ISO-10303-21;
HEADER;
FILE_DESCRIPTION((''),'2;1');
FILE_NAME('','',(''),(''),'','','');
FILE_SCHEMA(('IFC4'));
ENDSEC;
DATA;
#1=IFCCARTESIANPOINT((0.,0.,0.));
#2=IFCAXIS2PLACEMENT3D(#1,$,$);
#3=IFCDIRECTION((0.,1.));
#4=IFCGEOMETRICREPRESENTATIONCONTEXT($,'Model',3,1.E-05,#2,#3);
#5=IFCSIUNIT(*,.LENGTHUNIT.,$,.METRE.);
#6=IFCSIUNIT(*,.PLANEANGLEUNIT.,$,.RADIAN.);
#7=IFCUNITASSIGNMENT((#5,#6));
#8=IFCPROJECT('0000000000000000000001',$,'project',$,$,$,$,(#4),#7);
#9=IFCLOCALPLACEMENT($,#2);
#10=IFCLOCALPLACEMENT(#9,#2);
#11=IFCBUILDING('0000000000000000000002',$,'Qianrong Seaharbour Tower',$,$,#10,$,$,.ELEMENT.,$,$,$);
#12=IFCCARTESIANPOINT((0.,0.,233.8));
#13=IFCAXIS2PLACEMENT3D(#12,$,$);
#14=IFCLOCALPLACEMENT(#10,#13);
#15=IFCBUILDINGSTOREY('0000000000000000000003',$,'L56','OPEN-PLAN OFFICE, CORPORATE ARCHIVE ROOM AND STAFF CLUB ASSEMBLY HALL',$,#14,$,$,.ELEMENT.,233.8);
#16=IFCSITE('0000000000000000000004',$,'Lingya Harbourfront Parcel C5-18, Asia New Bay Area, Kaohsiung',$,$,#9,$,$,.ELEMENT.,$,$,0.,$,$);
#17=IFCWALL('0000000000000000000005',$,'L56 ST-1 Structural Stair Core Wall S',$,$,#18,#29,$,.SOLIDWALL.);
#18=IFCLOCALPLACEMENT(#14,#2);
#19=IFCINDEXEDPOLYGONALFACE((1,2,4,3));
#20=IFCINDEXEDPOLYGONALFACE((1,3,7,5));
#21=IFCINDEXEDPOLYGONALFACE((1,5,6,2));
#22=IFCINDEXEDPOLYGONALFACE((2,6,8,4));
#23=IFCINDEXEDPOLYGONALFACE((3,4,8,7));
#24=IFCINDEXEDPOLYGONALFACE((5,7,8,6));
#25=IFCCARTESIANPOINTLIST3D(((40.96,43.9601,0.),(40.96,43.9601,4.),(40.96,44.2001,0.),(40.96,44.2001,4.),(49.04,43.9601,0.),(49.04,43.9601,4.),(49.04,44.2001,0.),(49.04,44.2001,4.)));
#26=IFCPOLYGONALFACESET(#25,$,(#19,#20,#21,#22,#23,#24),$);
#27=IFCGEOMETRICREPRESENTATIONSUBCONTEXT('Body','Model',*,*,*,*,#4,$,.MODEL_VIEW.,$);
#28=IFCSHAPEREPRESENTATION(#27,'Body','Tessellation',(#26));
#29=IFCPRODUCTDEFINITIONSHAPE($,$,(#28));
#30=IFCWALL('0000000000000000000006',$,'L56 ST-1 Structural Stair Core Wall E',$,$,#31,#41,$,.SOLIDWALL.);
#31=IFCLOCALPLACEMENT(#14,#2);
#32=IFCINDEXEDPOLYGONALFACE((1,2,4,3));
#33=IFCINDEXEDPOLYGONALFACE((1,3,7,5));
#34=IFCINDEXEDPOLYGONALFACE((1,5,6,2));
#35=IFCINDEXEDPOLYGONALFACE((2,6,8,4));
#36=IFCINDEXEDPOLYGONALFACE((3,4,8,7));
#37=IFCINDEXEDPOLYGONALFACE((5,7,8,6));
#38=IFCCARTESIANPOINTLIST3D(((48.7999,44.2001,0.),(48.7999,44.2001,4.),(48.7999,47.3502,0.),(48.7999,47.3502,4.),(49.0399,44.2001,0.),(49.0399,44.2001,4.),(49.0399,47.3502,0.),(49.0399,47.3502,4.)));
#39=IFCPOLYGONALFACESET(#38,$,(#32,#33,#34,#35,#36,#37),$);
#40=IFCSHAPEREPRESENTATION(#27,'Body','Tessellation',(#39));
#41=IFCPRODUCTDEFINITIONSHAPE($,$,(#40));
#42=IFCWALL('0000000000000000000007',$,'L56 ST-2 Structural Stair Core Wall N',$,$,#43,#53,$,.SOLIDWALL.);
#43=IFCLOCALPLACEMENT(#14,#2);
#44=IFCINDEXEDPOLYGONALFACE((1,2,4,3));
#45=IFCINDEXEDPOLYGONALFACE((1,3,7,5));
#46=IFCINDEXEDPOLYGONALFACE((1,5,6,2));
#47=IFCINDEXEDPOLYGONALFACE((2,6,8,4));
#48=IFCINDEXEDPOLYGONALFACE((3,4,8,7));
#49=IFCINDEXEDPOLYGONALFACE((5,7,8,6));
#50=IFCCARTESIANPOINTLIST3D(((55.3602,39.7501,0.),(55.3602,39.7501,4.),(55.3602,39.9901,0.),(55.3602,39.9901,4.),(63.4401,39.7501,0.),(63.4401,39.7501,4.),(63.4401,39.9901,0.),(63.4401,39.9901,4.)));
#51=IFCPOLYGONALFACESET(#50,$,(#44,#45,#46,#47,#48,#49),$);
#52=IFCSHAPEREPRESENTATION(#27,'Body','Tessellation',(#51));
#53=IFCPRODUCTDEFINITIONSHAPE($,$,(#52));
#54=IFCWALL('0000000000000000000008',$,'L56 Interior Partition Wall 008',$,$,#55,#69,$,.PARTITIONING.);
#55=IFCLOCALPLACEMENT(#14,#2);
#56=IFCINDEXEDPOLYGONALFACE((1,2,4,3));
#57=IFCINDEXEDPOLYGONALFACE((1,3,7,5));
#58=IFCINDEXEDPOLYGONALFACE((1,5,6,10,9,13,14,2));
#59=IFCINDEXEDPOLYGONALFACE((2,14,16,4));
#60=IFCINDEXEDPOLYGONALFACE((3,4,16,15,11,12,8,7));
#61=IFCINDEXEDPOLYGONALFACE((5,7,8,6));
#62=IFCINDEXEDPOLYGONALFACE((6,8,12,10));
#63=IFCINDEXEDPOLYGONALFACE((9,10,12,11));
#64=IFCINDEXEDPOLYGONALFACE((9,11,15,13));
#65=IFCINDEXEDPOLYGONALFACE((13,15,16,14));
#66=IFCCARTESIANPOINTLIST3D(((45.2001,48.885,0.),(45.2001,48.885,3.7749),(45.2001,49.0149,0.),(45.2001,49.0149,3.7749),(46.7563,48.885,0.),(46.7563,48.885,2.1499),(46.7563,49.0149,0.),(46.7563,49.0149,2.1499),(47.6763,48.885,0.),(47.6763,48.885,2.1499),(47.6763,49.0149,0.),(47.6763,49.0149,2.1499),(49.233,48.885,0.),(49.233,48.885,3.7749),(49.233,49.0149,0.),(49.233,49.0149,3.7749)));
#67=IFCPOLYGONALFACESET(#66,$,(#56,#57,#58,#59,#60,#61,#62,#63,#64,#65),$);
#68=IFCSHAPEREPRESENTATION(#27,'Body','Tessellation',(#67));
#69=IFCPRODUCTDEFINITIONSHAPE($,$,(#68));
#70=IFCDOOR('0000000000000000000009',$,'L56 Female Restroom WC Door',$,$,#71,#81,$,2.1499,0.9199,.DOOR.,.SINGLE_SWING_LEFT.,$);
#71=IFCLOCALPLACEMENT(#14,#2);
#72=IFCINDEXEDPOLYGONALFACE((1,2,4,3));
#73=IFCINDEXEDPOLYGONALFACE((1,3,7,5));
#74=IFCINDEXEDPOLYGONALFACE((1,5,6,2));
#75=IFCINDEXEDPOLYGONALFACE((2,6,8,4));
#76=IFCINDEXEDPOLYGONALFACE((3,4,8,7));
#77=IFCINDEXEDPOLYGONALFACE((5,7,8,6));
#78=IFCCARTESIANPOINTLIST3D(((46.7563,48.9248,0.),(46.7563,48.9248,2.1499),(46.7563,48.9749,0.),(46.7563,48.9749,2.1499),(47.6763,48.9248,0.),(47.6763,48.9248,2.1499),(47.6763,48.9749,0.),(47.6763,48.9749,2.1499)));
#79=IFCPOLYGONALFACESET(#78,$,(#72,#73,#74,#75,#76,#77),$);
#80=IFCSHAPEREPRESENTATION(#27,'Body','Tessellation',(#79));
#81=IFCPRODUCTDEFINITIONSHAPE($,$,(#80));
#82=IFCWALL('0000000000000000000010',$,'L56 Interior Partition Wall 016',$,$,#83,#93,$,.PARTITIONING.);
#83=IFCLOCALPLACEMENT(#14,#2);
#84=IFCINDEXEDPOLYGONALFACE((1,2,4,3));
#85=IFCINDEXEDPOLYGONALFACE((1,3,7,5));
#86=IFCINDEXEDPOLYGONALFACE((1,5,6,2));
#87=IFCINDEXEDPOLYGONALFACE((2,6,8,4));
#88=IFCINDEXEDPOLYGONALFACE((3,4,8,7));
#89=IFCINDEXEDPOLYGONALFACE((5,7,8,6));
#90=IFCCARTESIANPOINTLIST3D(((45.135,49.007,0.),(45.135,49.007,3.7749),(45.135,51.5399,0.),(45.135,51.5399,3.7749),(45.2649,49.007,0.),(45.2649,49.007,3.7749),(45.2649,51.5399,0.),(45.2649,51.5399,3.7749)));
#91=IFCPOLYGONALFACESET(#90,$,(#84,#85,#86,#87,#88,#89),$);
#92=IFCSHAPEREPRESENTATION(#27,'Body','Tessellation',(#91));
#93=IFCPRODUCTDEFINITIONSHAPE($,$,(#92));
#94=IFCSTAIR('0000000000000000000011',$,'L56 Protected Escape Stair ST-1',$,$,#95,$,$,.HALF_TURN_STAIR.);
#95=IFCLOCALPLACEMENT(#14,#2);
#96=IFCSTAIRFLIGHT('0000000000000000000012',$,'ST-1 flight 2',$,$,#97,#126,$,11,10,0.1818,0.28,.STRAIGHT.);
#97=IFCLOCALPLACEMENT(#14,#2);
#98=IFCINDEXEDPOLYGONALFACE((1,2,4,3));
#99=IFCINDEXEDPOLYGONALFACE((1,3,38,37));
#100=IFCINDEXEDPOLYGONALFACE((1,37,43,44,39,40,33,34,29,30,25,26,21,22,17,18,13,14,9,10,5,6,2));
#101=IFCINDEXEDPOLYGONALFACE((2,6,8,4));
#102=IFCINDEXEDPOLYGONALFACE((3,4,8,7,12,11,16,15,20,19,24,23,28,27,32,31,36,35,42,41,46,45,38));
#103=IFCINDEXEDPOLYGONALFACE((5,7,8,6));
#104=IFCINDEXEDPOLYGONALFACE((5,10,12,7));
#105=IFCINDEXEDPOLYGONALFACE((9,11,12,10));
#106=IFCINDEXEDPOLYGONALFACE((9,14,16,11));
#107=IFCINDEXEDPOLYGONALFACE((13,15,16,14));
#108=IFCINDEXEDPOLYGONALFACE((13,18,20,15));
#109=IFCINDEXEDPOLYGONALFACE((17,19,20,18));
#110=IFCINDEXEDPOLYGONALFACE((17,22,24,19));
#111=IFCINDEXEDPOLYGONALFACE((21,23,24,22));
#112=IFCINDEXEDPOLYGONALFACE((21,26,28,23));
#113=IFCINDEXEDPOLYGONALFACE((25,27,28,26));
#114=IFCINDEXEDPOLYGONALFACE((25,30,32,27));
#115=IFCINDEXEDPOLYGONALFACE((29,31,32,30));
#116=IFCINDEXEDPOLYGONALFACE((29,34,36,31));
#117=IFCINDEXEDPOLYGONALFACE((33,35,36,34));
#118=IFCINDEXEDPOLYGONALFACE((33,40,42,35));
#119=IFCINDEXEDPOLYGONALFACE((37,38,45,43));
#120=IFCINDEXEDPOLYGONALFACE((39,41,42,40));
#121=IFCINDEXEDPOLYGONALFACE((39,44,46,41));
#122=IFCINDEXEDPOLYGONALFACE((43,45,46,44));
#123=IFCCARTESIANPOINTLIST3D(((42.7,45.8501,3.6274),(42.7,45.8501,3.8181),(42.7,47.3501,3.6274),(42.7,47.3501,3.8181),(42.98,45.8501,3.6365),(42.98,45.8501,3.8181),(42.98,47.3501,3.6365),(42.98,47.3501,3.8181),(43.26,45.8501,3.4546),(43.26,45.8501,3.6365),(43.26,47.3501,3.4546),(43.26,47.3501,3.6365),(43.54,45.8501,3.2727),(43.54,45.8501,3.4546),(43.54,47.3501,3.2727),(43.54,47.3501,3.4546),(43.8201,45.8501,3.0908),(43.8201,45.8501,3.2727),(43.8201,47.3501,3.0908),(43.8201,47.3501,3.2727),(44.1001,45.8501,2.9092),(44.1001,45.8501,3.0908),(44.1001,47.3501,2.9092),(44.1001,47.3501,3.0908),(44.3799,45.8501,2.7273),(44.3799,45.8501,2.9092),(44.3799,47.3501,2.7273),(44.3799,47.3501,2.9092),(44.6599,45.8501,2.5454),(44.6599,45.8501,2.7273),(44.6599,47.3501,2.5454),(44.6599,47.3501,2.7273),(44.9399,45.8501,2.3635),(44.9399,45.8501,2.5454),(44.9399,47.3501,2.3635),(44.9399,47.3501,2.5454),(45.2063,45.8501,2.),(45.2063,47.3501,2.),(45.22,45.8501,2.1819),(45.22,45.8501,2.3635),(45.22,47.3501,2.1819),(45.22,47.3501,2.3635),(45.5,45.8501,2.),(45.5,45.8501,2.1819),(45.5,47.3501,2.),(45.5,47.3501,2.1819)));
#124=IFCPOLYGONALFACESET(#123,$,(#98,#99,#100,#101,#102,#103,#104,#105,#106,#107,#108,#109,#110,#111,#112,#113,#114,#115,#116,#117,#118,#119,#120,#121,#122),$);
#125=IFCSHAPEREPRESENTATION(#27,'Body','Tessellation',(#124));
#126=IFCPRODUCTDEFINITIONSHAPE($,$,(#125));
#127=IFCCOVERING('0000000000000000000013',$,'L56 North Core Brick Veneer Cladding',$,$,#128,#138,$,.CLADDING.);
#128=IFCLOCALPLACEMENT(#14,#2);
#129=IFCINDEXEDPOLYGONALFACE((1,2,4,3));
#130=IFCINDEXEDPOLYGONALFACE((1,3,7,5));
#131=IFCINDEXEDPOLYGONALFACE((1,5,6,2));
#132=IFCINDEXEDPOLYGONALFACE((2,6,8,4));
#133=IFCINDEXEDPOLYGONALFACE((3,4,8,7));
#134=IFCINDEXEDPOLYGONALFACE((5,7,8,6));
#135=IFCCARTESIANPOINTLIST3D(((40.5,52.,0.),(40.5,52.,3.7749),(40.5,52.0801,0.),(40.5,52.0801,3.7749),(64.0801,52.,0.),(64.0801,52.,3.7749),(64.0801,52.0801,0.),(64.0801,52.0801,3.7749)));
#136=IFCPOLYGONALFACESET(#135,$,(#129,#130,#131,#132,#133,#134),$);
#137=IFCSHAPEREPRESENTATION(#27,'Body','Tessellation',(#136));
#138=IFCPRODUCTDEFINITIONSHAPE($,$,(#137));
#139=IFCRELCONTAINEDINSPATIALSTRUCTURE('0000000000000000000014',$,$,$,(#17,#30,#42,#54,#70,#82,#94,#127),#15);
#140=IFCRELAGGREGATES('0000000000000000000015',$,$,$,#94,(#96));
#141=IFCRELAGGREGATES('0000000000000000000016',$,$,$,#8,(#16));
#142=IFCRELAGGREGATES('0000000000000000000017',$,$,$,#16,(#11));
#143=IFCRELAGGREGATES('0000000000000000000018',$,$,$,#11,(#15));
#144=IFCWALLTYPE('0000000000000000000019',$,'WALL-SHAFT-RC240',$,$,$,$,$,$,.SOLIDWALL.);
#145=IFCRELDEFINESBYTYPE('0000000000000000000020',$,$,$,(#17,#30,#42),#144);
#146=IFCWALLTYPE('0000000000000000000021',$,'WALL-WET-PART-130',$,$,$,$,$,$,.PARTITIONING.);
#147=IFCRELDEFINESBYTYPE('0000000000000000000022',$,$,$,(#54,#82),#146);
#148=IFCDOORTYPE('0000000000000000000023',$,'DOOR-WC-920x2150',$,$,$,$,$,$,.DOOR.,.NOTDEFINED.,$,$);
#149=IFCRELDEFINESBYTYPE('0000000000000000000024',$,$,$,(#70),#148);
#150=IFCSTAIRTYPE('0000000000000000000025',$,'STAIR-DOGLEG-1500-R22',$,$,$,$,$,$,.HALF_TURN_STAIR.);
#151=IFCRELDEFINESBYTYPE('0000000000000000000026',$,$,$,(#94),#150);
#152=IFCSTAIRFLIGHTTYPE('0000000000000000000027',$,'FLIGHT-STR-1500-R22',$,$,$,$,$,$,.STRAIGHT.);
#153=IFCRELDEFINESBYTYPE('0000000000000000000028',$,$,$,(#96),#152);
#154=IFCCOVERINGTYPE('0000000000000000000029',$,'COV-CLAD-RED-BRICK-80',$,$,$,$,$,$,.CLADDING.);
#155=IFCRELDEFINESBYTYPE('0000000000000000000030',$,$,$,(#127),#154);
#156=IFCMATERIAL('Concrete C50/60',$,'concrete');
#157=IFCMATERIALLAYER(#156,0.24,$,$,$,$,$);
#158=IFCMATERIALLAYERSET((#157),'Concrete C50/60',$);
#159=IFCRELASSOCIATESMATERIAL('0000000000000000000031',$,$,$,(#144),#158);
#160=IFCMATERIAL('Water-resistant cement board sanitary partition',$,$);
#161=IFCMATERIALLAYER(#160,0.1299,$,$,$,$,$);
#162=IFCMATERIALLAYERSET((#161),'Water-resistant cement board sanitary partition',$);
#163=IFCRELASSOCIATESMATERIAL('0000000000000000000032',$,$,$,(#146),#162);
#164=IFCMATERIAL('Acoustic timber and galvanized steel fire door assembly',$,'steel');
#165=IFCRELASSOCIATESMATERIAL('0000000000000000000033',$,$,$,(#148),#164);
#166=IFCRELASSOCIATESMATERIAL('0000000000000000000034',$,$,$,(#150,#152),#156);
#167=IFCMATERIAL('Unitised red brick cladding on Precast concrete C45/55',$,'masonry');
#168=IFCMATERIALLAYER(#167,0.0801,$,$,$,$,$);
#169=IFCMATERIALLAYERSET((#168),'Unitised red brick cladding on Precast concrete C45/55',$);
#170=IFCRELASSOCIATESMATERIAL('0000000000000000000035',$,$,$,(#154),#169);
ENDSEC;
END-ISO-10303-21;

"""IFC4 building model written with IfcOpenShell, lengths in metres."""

from ifc_helpers import new_model, si_unit, direction, frame, frame_2d, origin, origin_2d, place, context, subcontext, project, spatial, polyline, rectangle, outline, extrude, material, layer, layer_set, type_object, element, fill, aggregate, save


model = new_model("IFC4")

# Units and contexts
model_context = context("Model", 3, precision=1e-05, world=origin(), true_north=direction((0.0, 1.0)))
body_context = subcontext(model_context, "Body", "Model", "MODEL_VIEW")
ifc_project = project(units=[si_unit("LENGTHUNIT", "METRE"), si_unit("PLANEANGLEUNIT", "RADIAN")], contexts=[model_context])

# Site, building, storey
site_placement = place(None, origin())
site = spatial("IfcSite", under=ifc_project, at=site_placement, Name="Lingya Harbourfront Parcel C5-18, Asia New Bay Area, Kaohsiung", CompositionType="ELEMENT", RefElevation=0.0)
building_placement = place(site_placement, origin())
building = spatial("IfcBuilding", under=site, at=building_placement, Name="Qianrong Seaharbour Tower", CompositionType="ELEMENT")
storey_placement = place(building_placement, frame((0.0, 0.0, 233.8)))
storey = spatial("IfcBuildingStorey", under=building, at=storey_placement, Name="L56", Description="OPEN-PLAN OFFICE, CORPORATE ARCHIVE ROOM AND STAFF CLUB ASSEMBLY HALL", CompositionType="ELEMENT", Elevation=233.8)

# Shared definitions
ifc_material_1 = material(Name="Concrete C50/60", Category="concrete")

# Shared definitions
ifc_material_2 = material(Name="Acoustic timber and galvanized steel fire door assembly", Category="steel")

# Walls
ifc_layer_1 = layer(ifc_material_1, 0.24)
ifc_layer_set_1 = layer_set([ifc_layer_1], Name="Concrete C50/60")
wall_type_1 = type_object("IfcWallType", Name="WALL-SHAFT-RC240", PredefinedType="SOLIDWALL", material=ifc_layer_set_1)
wall_1_placement = place(storey_placement, frame((49.04, 44.0801, 0.0), z_axis=(0.0, 0.0, 1.0), x_axis=(-1.0, 0.0, 0.0)))
element("IfcWall", 1, at=wall_1_placement, inside=storey, type_object=wall_type_1, Name="L56 ST-1 Structural Stair Core Wall S", PredefinedType="SOLIDWALL", context=body_context, shape_type="SweptSolid", body=[
    extrude(rectangle(XDim=8.0801, YDim=0.24, at=frame_2d((4.04, 0.0))), origin(), (0.0, 0.0, 1.0), 4.0),
])
wall_2_placement = place(storey_placement, frame((48.9199, 44.2, 0.0), z_axis=(0.0, 0.0, 1.0), x_axis=(0.0, 1.0, 0.0)))
element("IfcWall", 2, at=wall_2_placement, inside=storey, type_object=wall_type_1, Name="L56 ST-1 Structural Stair Core Wall E", PredefinedType="SOLIDWALL", context=body_context, shape_type="SweptSolid", body=[
    extrude(rectangle(XDim=3.1501, YDim=0.24, at=frame_2d((1.5752, 0.0))), origin(), (0.0, 0.0, 1.0), 4.0),
])
wall_3_placement = place(storey_placement, frame((55.3601, 39.8701, 0.0), z_axis=(0.0, 0.0, 1.0), x_axis=(1.0, 0.0, 0.0)))
element("IfcWall", 3, at=wall_3_placement, inside=storey, type_object=wall_type_1, Name="L56 ST-2 Structural Stair Core Wall N", PredefinedType="SOLIDWALL", context=body_context, shape_type="SweptSolid", body=[
    extrude(rectangle(XDim=8.0798, YDim=0.24, at=frame_2d((4.04, 0.0))), origin(), (0.0, 0.0, 1.0), 4.0),
])

# Wall, opening, door
ifc_material_3 = material(Name="Water-resistant cement board sanitary partition")
ifc_layer_2 = layer(ifc_material_3, 0.1299)
ifc_layer_set_2 = layer_set([ifc_layer_2], Name="Water-resistant cement board sanitary partition")
wall_type_2 = type_object("IfcWallType", Name="WALL-WET-PART-130", PredefinedType="PARTITIONING", material=ifc_layer_set_2)
wall_4_placement = place(storey_placement, frame((45.2, 48.95, 0.0), z_axis=(0.0, 0.0, 1.0), x_axis=(1.0, 0.0, 0.0)))
wall_4 = element("IfcWall", 4, at=wall_4_placement, inside=storey, type_object=wall_type_2, Name="L56 Interior Partition Wall 008", PredefinedType="PARTITIONING", context=body_context, shape_type="SweptSolid", body=[
    extrude(rectangle(XDim=4.033, YDim=0.1299, at=frame_2d((2.0166, 0.0))), origin(), (0.0, 0.0, 1.0), 3.7749),
])
opening_1_placement = place(wall_4_placement, frame((1.5564, 0.0, 0.0)))
opening_1 = element("IfcOpeningElement", 5, at=opening_1_placement, cuts=wall_4, PredefinedType="OPENING", context=body_context, shape_type="SweptSolid", body=[
    extrude(rectangle(XDim=0.9199, YDim=2.1499, at=frame_2d((0.46, 1.075))), frame((0.0, 0.075, 0.0), z_axis=(0.0, -1.0, 0.0), x_axis=(1.0, 0.0, 0.0)), (0.0, 0.0, 1.0), 0.1499),
])
door_type_1 = type_object("IfcDoorType", Name="DOOR-WC-920x2150", OperationType="NOTDEFINED", PredefinedType="DOOR", material=ifc_material_2)
door_1_placement = place(opening_1_placement, origin())
door_1 = element("IfcDoor", 6, at=door_1_placement, inside=storey, type_object=door_type_1, Name="L56 Female Restroom WC Door", OperationType="SINGLE_SWING_LEFT", OverallHeight=2.1499, OverallWidth=0.9199, PredefinedType="DOOR", context=body_context, shape_type="SweptSolid", body=[
    extrude(rectangle(XDim=0.9199, YDim=2.1499, at=frame_2d((0.46, 1.075))), frame((0.0, 0.0249, 0.0), z_axis=(0.0, -1.0, 0.0), x_axis=(1.0, 0.0, 0.0)), (0.0, 0.0, 1.0), 0.05),
])
fill(opening_1, door_1)

# Wall
wall_5_placement = place(storey_placement, frame((45.2, 51.54, 0.0), z_axis=(0.0, 0.0, 1.0), x_axis=(0.0, -1.0, 0.0)))
element("IfcWall", 7, at=wall_5_placement, inside=storey, type_object=wall_type_2, Name="L56 Interior Partition Wall 016", PredefinedType="PARTITIONING", context=body_context, shape_type="SweptSolid", body=[
    extrude(rectangle(XDim=2.533, YDim=0.1299, at=frame_2d((1.2666, 0.0))), origin(), (0.0, 0.0, 1.0), 3.7749),
])

# Stair, stair flight
stair_type = type_object("IfcStairType", Name="STAIR-DOGLEG-1500-R22", PredefinedType="HALF_TURN_STAIR", material=ifc_material_1)
stair_placement = place(storey_placement, origin())
stair = element("IfcStair", 8, at=stair_placement, inside=storey, type_object=stair_type, Name="L56 Protected Escape Stair ST-1", PredefinedType="HALF_TURN_STAIR")
stair_flight_type = type_object("IfcStairFlightType", Name="FLIGHT-STR-1500-R22", PredefinedType="STRAIGHT", material=ifc_material_1)
stair_flight_placement = place(storey_placement, frame((45.5, 46.6001, 2.0), z_axis=(0.0, 0.0, 1.0), x_axis=(-1.0, 0.0, 0.0)))
stair_flight = element("IfcStairFlight", 9, at=stair_flight_placement, type_object=stair_flight_type, Name="ST-1 flight 2", NumberOfRisers=11, NumberOfTreads=10, PredefinedType="STRAIGHT", RiserHeight=0.1818, TreadLength=0.28, context=body_context, shape_type="SweptSolid", body=[
    extrude(outline(polyline([(0.0, 0.0), (0.0, 0.1819), (0.28, 0.1819), (0.28, 0.3635), (0.5601, 0.3635), (0.5601, 0.5454), (0.8401, 0.5454), (0.8401, 0.7273), (1.1201, 0.7273), (1.1201, 0.9092), (1.3999, 0.9092), (1.3999, 1.0908), (1.6799, 1.0908), (1.6799, 1.2727), (1.96, 1.2727), (1.96, 1.4546), (2.24, 1.4546), (2.24, 1.6365), (2.52, 1.6365), (2.52, 1.8181), (2.8, 1.8181), (2.8, 2.0), (2.8, 1.6274), (0.2937, 0.0), (0.0, 0.0)])), frame((0.0, 0.75, 0.0), z_axis=(0.0, -1.0, 0.0), x_axis=(1.0, 0.0, 0.0)), (0.0, 0.0, 1.0), 1.5),
])
aggregate(stair, [stair_flight])

# Covering
ifc_material_4 = material(Name="Unitised red brick cladding on Precast concrete C45/55", Category="masonry")
ifc_layer_3 = layer(ifc_material_4, 0.0801)
ifc_layer_set_3 = layer_set([ifc_layer_3], Name="Unitised red brick cladding on Precast concrete C45/55")
covering_type = type_object("IfcCoveringType", Name="COV-CLAD-RED-BRICK-80", PredefinedType="CLADDING", material=ifc_layer_set_3)
covering_placement = place(storey_placement, frame((52.29, 52.04, 0.0), z_axis=(0.0, 0.0, 1.0), x_axis=(1.0, 0.0, 0.0)))
element("IfcCovering", 10, at=covering_placement, inside=storey, type_object=covering_type, Name="L56 North Core Brick Veneer Cladding", PredefinedType="CLADDING", context=body_context, shape_type="SweptSolid", body=[
    extrude(rectangle(XDim=23.5801, YDim=0.0801, at=origin_2d()), origin(), (0.0, 0.0, 1.0), 3.7749),
])

save(model, "model.ifc")
